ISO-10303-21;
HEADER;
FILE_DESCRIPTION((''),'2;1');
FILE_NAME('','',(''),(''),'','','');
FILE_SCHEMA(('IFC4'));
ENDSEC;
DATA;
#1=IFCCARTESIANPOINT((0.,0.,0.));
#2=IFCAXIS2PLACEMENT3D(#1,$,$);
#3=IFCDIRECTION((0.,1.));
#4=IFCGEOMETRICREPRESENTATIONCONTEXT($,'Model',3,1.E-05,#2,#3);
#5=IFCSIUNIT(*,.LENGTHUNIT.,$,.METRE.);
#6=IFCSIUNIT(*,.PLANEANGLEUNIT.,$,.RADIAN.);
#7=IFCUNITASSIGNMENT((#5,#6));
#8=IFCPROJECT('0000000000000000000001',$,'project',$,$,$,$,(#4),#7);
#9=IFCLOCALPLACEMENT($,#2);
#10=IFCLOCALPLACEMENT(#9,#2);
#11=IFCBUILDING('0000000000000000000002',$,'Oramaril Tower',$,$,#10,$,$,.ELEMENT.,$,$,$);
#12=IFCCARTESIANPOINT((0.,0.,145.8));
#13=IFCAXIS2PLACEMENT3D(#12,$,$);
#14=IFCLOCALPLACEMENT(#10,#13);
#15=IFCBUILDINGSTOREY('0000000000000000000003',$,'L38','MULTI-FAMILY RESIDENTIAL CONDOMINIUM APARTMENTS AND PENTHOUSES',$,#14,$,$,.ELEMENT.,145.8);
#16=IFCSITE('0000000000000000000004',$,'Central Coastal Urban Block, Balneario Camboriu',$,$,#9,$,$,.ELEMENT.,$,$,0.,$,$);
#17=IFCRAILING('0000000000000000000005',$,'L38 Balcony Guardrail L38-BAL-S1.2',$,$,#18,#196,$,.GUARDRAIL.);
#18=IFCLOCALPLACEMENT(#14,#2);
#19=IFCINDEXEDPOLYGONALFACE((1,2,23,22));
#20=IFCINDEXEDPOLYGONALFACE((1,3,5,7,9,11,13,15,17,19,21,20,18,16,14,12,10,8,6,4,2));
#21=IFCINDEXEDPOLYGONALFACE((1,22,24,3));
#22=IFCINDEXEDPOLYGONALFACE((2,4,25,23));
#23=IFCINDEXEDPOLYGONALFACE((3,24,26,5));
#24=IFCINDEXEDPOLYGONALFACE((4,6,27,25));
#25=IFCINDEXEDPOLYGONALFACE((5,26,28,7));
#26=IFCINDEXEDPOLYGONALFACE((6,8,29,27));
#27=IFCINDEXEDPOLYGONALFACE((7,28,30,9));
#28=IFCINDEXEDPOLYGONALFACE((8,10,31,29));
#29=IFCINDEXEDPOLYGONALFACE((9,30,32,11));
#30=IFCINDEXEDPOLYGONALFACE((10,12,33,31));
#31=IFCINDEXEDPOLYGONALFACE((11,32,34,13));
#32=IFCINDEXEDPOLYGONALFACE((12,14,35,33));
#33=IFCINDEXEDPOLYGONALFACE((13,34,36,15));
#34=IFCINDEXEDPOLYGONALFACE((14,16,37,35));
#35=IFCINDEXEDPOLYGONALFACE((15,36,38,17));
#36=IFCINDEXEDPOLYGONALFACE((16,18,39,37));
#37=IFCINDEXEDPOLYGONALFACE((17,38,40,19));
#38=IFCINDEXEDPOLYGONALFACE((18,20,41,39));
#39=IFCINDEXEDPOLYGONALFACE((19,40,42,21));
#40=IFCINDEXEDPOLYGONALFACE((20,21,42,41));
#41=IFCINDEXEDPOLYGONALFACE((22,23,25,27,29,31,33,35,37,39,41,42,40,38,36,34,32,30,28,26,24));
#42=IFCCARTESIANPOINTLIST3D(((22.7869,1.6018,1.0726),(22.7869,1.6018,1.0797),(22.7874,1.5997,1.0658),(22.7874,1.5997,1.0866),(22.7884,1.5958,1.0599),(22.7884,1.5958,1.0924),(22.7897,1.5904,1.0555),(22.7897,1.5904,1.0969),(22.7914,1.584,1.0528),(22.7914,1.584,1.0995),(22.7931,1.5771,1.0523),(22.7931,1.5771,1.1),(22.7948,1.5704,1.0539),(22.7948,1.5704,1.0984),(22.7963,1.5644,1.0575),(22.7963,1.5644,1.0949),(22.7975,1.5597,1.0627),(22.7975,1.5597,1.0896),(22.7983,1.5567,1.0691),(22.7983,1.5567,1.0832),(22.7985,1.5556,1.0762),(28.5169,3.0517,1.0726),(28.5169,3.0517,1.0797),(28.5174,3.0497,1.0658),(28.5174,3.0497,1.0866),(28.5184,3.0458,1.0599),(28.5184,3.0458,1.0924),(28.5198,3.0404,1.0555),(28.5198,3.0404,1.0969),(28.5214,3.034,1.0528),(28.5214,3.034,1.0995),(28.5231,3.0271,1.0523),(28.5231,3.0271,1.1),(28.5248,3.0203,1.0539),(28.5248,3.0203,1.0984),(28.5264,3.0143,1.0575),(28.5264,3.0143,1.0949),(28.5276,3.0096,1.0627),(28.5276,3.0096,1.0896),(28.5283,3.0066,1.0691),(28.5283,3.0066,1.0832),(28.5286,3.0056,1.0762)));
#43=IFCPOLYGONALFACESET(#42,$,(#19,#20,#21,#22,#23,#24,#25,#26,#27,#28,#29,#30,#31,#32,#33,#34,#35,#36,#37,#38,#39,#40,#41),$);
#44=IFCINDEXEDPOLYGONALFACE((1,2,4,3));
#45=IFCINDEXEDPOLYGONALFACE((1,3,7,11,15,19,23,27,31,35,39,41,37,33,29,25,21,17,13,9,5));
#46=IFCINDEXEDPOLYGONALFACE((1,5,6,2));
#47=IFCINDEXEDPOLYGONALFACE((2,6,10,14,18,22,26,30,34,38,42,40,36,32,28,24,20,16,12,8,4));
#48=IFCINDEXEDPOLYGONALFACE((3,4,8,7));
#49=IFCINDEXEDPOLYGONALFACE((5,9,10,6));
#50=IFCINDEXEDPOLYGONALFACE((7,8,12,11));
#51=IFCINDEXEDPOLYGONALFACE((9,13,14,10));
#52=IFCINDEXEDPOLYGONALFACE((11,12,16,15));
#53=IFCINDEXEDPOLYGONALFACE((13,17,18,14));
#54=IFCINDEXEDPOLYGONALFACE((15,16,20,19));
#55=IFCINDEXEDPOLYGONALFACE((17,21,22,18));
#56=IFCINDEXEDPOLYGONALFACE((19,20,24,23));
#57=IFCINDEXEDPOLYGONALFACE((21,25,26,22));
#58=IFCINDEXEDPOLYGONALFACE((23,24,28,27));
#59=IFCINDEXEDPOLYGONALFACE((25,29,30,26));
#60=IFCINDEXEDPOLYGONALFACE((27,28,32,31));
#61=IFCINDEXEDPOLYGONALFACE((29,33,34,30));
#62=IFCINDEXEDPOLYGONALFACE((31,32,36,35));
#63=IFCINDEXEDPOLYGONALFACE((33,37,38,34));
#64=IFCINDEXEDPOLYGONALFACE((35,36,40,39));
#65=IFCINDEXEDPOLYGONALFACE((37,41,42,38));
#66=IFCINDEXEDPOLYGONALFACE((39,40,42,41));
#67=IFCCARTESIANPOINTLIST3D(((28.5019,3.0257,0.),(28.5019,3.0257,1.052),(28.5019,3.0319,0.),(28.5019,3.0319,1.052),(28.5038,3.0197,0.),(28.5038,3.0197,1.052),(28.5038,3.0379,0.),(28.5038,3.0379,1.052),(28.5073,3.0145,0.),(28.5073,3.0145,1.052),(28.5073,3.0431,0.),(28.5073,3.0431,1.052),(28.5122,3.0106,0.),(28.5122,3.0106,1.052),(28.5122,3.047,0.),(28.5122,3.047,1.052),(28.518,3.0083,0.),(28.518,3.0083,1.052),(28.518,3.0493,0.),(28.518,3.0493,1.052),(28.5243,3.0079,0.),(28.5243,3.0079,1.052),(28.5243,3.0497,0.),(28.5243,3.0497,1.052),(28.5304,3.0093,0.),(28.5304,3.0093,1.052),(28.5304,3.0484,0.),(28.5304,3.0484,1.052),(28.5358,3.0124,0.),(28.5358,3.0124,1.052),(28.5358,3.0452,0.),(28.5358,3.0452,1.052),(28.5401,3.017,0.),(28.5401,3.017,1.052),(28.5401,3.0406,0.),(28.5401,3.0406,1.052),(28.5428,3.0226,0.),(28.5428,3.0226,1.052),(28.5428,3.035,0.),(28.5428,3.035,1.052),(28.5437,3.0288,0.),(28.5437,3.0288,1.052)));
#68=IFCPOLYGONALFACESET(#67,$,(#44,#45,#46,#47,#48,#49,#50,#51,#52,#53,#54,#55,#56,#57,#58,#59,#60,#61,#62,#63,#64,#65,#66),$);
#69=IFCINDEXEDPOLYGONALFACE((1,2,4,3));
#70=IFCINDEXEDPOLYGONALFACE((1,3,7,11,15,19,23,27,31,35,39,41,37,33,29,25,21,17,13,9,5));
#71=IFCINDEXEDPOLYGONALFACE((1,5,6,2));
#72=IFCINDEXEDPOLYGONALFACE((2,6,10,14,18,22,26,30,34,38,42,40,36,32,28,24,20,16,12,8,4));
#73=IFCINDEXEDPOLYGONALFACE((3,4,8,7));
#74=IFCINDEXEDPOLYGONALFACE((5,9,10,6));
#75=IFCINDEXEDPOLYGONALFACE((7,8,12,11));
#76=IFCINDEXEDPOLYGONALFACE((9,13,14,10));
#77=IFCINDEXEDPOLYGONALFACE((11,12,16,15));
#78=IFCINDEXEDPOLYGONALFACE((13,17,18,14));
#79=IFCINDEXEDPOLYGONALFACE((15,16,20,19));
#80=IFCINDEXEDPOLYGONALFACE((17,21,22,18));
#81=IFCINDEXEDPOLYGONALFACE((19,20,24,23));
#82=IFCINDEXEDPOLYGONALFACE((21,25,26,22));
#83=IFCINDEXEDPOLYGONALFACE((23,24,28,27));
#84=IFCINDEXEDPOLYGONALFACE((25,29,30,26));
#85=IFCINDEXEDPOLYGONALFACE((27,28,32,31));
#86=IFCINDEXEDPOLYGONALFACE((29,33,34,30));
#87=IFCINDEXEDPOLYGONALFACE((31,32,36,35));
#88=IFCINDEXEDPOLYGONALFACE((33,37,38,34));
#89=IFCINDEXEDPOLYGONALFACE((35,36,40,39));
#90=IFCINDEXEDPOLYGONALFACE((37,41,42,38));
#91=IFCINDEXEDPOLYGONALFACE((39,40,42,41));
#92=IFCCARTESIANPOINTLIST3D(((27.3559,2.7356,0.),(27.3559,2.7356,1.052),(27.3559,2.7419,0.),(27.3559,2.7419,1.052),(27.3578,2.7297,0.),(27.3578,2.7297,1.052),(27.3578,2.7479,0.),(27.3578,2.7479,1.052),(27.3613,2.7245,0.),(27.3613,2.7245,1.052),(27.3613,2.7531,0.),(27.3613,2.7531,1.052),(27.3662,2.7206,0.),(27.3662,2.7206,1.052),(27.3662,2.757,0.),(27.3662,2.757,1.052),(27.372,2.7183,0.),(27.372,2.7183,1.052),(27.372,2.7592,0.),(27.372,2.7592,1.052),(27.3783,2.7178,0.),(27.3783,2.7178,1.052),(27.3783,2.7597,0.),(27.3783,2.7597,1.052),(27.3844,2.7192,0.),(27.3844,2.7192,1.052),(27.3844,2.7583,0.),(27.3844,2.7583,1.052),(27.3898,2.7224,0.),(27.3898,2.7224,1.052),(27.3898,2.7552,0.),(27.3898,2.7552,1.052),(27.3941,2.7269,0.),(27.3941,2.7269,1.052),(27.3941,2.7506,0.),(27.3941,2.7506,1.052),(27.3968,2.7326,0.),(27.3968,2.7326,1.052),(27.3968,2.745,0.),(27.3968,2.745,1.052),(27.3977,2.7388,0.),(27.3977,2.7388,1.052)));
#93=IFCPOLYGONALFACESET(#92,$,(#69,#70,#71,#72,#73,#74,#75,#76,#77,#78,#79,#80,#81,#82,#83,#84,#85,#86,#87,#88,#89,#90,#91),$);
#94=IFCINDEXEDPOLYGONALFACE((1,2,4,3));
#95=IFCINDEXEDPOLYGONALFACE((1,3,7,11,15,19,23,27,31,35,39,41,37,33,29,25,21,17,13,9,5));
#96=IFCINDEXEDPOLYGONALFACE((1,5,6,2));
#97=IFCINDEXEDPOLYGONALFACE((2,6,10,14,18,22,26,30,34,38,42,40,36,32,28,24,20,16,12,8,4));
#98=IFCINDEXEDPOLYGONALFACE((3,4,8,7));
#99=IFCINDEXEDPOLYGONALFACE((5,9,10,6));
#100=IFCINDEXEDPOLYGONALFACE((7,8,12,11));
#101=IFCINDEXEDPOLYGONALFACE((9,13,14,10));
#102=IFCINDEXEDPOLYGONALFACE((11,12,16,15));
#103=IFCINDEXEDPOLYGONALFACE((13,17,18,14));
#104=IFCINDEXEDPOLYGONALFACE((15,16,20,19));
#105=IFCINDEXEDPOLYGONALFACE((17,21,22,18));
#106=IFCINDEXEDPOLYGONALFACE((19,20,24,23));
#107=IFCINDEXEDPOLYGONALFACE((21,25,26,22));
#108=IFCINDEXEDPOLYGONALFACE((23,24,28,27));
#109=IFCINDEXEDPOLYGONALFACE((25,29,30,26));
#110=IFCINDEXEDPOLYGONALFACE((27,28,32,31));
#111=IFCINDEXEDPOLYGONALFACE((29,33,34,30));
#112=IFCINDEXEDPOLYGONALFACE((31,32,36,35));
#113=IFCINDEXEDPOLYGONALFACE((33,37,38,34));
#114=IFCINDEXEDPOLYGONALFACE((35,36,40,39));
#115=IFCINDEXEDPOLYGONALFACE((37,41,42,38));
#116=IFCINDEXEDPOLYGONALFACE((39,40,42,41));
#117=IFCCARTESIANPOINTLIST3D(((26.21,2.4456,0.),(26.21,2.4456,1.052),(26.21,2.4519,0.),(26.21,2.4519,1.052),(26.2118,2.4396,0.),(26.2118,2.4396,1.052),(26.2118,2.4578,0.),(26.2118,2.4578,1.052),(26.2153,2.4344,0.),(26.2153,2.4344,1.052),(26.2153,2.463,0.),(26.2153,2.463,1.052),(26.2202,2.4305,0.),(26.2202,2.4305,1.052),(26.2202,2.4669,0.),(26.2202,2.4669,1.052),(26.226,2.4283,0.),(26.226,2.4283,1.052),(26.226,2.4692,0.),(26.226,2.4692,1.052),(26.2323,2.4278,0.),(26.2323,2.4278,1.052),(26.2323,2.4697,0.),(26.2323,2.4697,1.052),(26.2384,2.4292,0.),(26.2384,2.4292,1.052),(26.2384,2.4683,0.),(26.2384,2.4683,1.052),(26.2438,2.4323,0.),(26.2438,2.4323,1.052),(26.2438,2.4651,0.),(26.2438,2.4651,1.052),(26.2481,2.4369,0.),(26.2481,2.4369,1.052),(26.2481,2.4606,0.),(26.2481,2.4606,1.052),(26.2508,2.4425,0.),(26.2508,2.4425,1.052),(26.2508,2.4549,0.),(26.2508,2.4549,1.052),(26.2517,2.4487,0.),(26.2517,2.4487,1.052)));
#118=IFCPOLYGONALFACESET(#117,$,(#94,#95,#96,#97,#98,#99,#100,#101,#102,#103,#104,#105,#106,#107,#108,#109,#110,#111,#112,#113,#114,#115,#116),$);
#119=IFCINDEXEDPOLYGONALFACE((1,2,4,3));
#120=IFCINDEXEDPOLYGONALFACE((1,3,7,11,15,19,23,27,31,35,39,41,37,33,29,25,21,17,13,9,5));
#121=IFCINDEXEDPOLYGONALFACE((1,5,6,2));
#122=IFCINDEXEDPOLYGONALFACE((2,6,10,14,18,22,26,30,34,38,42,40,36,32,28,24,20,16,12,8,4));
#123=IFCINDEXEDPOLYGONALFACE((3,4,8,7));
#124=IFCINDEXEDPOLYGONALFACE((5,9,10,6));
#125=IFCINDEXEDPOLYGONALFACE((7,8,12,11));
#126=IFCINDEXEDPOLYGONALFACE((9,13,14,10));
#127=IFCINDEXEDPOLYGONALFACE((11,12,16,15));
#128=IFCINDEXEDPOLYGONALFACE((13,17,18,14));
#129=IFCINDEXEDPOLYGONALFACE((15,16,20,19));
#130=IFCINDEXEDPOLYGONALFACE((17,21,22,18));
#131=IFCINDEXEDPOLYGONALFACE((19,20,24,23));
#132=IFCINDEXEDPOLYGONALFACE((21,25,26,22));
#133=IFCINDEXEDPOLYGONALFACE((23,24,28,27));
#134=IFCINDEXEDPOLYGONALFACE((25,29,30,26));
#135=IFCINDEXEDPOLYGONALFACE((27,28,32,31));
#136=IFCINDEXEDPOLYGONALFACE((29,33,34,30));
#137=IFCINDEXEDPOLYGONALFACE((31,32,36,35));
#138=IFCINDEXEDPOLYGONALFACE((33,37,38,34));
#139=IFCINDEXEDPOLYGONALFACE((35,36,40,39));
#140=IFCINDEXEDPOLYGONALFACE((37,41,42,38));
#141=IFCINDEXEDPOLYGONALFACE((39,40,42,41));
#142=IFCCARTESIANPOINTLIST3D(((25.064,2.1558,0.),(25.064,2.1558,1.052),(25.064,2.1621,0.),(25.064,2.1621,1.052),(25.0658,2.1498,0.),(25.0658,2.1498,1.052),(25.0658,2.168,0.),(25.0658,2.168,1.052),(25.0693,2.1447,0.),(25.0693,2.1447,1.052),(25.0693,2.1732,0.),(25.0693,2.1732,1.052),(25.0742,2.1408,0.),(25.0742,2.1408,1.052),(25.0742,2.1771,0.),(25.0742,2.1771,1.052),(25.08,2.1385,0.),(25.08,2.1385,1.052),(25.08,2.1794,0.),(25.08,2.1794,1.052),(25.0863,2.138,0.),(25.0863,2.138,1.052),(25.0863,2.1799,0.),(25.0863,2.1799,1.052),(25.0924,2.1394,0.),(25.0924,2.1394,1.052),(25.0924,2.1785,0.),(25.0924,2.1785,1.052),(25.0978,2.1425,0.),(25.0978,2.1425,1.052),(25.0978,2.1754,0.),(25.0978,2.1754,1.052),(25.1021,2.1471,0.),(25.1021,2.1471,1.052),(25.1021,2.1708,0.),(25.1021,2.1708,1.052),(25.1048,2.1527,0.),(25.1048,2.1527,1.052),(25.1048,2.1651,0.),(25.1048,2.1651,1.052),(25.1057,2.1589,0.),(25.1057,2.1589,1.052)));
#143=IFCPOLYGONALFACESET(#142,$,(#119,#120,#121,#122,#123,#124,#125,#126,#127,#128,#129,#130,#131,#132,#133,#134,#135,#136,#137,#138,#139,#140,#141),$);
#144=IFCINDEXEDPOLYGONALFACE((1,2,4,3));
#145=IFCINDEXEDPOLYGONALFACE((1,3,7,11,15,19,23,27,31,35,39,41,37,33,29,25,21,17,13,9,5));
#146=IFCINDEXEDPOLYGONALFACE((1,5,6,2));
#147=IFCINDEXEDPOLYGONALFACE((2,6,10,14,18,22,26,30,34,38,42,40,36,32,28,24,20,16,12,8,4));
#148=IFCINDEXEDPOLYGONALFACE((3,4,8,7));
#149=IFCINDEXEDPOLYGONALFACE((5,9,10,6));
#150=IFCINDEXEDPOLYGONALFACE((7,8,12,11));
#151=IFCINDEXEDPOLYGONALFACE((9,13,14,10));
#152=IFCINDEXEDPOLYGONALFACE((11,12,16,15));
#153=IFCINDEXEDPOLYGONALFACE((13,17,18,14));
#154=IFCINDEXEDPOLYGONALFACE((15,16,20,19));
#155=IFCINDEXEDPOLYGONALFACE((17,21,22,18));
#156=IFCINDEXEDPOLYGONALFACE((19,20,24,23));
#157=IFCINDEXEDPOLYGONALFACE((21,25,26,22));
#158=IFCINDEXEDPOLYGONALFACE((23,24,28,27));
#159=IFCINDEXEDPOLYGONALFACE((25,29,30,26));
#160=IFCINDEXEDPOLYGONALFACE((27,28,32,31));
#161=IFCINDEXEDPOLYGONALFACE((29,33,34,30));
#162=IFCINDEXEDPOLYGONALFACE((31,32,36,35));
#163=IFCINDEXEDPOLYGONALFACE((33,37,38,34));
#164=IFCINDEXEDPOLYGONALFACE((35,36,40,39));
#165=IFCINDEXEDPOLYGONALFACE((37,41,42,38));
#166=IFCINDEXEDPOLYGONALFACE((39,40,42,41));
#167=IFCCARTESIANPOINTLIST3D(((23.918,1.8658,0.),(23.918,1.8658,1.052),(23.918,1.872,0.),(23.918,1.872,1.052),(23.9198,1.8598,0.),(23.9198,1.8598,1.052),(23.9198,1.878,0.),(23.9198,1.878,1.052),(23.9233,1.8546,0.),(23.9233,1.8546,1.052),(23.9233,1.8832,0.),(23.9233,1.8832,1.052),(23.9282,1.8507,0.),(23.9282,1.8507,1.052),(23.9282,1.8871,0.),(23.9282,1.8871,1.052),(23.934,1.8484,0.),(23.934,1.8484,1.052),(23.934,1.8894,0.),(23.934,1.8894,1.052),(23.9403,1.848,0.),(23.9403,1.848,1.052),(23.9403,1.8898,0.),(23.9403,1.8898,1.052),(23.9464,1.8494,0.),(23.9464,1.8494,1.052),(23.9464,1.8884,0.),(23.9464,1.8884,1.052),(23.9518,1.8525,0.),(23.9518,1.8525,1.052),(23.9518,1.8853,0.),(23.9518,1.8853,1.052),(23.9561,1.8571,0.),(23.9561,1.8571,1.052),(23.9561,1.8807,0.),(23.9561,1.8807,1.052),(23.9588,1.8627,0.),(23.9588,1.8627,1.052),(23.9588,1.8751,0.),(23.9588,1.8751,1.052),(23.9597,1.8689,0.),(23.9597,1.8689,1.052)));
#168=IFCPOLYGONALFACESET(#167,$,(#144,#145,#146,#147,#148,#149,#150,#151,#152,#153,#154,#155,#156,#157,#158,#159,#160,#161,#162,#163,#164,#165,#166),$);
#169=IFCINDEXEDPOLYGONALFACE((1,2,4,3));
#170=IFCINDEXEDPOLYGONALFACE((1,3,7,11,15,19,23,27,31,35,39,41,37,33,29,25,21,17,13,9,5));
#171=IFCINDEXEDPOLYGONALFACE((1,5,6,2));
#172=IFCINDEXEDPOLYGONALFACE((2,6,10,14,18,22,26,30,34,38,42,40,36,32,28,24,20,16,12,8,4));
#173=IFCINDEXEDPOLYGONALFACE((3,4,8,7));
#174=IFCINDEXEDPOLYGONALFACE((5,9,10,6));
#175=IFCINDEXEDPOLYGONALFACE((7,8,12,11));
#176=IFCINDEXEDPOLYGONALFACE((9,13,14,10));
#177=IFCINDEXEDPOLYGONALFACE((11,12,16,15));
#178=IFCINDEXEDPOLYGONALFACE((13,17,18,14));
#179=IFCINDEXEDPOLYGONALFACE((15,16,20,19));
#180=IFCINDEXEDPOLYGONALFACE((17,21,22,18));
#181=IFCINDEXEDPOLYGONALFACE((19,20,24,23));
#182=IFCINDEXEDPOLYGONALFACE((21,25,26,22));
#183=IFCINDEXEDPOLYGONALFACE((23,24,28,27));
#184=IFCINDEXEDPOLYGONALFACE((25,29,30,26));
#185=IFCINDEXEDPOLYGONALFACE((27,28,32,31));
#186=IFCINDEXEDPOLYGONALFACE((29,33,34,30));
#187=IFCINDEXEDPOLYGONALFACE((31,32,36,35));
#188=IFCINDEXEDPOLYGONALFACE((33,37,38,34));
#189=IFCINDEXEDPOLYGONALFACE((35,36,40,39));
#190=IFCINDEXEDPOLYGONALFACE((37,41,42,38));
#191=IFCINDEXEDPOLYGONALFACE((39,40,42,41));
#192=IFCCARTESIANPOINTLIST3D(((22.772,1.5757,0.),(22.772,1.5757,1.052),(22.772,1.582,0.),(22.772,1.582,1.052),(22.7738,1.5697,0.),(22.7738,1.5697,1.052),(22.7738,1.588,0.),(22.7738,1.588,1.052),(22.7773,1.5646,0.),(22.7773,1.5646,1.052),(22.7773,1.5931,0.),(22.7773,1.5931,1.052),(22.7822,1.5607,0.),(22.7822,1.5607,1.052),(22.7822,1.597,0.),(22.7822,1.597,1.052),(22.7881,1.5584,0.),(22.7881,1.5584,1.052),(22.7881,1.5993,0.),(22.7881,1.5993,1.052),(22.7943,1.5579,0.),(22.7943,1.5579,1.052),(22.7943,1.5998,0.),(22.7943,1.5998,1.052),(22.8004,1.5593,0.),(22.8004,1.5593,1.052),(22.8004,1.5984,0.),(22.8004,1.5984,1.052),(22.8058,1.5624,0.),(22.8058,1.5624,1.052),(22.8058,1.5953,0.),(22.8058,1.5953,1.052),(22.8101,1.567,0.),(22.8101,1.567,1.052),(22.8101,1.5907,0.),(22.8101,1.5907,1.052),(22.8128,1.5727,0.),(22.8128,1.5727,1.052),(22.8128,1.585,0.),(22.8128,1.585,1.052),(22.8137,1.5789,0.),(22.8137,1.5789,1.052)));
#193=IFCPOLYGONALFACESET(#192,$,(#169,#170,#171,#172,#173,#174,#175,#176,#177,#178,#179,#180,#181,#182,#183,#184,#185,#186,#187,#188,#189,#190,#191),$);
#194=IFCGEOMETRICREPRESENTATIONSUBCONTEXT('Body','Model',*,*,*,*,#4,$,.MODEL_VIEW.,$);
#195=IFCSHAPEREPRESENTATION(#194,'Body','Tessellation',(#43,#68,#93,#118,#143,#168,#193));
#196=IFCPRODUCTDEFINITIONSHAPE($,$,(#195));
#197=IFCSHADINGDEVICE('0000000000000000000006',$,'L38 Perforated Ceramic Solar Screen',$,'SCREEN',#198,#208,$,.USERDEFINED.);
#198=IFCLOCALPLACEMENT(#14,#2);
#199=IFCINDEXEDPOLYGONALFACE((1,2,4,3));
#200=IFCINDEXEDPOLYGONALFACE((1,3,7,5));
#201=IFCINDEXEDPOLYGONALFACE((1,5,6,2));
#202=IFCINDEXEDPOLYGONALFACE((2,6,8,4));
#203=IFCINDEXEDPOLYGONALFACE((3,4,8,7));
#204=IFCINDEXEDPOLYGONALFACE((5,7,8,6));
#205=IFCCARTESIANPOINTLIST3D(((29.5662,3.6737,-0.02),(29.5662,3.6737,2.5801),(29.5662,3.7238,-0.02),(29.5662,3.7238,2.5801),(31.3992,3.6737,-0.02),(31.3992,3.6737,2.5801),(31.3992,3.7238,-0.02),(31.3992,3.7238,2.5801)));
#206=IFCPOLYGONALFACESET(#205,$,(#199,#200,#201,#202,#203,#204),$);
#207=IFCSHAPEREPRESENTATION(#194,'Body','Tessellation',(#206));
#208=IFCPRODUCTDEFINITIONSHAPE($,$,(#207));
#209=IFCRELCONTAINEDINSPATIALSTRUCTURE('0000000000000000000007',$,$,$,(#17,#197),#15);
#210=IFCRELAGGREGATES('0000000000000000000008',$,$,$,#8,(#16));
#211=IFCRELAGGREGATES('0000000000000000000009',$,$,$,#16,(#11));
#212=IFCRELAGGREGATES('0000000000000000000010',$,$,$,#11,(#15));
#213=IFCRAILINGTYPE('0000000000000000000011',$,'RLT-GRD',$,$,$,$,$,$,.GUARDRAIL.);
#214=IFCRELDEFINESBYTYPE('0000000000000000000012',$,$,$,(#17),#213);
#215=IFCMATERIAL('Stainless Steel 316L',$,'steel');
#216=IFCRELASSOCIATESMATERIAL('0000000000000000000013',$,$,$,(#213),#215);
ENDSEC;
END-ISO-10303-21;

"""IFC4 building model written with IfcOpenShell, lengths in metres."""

from ifc_helpers import new_model, si_unit, direction, frame, origin, origin_2d, place, context, subcontext, project, spatial, rectangle, circle, extrude, material, type_object, element, save


model = new_model("IFC4")

# Units and contexts
model_context = context("Model", 3, precision=1e-05, world=origin(), true_north=direction((0.0, 1.0)))
body_context = subcontext(model_context, "Body", "Model", "MODEL_VIEW")
ifc_project = project(units=[si_unit("LENGTHUNIT", "METRE"), si_unit("PLANEANGLEUNIT", "RADIAN")], contexts=[model_context])

# Site, building, storey
site_placement = place(None, origin())
site = spatial("IfcSite", under=ifc_project, at=site_placement, Name="Central Coastal Urban Block, Balneario Camboriu", CompositionType="ELEMENT", RefElevation=0.0)
building_placement = place(site_placement, origin())
building = spatial("IfcBuilding", under=site, at=building_placement, Name="Oramaril Tower", CompositionType="ELEMENT")
storey_placement = place(building_placement, frame((0.0, 0.0, 145.8)))
storey = spatial("IfcBuildingStorey", under=building, at=storey_placement, Name="L38", Description="MULTI-FAMILY RESIDENTIAL CONDOMINIUM APARTMENTS AND PENTHOUSES", CompositionType="ELEMENT", Elevation=145.8)

# Railing
ifc_material_1 = material(Name="Stainless Steel 316L", Category="steel")
railing_type = type_object("IfcRailingType", Name="RLT-GRD", PredefinedType="GUARDRAIL", material=ifc_material_1)
railing_1_placement = place(storey_placement, frame((28.5227, 3.0288, 0.0)))
element("IfcRailing", 1, at=railing_1_placement, inside=storey, type_object=railing_type, Name="L38 Balcony Guardrail L38-BAL-S1.2", PredefinedType="GUARDRAIL", context=body_context, shape_type="SweptSolid", body=[
    extrude(circle(Radius=0.0239, at=origin_2d()), frame((0.0, 0.0, 1.0762), z_axis=(-0.969444, -0.245314, 0.0), x_axis=(0.245314, -0.969444, 0.0)), (0.0, 0.0, 1.0), 5.9106),
    extrude(circle(Radius=0.021, at=origin_2d()), origin(), (0.0, 0.0, 1.0), 1.052),
    extrude(circle(Radius=0.021, at=origin_2d()), frame((-1.146, -0.29, 0.0)), (0.0, 0.0, 1.0), 1.052),
    extrude(circle(Radius=0.021, at=origin_2d()), frame((-2.292, -0.5801, 0.0)), (0.0, 0.0, 1.0), 1.052),
    extrude(circle(Radius=0.021, at=origin_2d()), frame((-3.438, -0.8699, 0.0)), (0.0, 0.0, 1.0), 1.052),
    extrude(circle(Radius=0.021, at=origin_2d()), frame((-4.584, -1.1599, 0.0)), (0.0, 0.0, 1.0), 1.052),
    extrude(circle(Radius=0.021, at=origin_2d()), frame((-5.73, -1.45, 0.0)), (0.0, 0.0, 1.0), 1.052),
])

# Shading device
shading_device_placement = place(storey_placement, frame((30.4827, 3.6987, -0.02), z_axis=(0.0, 0.0, 1.0), x_axis=(1.0, 0.0, 0.0)))
element("IfcShadingDevice", 2, at=shading_device_placement, inside=storey, Name="L38 Perforated Ceramic Solar Screen", ObjectType="SCREEN", PredefinedType="USERDEFINED", context=body_context, shape_type="SweptSolid", body=[
    extrude(rectangle(XDim=1.833, YDim=0.05, at=origin_2d()), origin(), (0.0, 0.0, 1.0), 2.6001),
])

save(model, "model.ifc")
